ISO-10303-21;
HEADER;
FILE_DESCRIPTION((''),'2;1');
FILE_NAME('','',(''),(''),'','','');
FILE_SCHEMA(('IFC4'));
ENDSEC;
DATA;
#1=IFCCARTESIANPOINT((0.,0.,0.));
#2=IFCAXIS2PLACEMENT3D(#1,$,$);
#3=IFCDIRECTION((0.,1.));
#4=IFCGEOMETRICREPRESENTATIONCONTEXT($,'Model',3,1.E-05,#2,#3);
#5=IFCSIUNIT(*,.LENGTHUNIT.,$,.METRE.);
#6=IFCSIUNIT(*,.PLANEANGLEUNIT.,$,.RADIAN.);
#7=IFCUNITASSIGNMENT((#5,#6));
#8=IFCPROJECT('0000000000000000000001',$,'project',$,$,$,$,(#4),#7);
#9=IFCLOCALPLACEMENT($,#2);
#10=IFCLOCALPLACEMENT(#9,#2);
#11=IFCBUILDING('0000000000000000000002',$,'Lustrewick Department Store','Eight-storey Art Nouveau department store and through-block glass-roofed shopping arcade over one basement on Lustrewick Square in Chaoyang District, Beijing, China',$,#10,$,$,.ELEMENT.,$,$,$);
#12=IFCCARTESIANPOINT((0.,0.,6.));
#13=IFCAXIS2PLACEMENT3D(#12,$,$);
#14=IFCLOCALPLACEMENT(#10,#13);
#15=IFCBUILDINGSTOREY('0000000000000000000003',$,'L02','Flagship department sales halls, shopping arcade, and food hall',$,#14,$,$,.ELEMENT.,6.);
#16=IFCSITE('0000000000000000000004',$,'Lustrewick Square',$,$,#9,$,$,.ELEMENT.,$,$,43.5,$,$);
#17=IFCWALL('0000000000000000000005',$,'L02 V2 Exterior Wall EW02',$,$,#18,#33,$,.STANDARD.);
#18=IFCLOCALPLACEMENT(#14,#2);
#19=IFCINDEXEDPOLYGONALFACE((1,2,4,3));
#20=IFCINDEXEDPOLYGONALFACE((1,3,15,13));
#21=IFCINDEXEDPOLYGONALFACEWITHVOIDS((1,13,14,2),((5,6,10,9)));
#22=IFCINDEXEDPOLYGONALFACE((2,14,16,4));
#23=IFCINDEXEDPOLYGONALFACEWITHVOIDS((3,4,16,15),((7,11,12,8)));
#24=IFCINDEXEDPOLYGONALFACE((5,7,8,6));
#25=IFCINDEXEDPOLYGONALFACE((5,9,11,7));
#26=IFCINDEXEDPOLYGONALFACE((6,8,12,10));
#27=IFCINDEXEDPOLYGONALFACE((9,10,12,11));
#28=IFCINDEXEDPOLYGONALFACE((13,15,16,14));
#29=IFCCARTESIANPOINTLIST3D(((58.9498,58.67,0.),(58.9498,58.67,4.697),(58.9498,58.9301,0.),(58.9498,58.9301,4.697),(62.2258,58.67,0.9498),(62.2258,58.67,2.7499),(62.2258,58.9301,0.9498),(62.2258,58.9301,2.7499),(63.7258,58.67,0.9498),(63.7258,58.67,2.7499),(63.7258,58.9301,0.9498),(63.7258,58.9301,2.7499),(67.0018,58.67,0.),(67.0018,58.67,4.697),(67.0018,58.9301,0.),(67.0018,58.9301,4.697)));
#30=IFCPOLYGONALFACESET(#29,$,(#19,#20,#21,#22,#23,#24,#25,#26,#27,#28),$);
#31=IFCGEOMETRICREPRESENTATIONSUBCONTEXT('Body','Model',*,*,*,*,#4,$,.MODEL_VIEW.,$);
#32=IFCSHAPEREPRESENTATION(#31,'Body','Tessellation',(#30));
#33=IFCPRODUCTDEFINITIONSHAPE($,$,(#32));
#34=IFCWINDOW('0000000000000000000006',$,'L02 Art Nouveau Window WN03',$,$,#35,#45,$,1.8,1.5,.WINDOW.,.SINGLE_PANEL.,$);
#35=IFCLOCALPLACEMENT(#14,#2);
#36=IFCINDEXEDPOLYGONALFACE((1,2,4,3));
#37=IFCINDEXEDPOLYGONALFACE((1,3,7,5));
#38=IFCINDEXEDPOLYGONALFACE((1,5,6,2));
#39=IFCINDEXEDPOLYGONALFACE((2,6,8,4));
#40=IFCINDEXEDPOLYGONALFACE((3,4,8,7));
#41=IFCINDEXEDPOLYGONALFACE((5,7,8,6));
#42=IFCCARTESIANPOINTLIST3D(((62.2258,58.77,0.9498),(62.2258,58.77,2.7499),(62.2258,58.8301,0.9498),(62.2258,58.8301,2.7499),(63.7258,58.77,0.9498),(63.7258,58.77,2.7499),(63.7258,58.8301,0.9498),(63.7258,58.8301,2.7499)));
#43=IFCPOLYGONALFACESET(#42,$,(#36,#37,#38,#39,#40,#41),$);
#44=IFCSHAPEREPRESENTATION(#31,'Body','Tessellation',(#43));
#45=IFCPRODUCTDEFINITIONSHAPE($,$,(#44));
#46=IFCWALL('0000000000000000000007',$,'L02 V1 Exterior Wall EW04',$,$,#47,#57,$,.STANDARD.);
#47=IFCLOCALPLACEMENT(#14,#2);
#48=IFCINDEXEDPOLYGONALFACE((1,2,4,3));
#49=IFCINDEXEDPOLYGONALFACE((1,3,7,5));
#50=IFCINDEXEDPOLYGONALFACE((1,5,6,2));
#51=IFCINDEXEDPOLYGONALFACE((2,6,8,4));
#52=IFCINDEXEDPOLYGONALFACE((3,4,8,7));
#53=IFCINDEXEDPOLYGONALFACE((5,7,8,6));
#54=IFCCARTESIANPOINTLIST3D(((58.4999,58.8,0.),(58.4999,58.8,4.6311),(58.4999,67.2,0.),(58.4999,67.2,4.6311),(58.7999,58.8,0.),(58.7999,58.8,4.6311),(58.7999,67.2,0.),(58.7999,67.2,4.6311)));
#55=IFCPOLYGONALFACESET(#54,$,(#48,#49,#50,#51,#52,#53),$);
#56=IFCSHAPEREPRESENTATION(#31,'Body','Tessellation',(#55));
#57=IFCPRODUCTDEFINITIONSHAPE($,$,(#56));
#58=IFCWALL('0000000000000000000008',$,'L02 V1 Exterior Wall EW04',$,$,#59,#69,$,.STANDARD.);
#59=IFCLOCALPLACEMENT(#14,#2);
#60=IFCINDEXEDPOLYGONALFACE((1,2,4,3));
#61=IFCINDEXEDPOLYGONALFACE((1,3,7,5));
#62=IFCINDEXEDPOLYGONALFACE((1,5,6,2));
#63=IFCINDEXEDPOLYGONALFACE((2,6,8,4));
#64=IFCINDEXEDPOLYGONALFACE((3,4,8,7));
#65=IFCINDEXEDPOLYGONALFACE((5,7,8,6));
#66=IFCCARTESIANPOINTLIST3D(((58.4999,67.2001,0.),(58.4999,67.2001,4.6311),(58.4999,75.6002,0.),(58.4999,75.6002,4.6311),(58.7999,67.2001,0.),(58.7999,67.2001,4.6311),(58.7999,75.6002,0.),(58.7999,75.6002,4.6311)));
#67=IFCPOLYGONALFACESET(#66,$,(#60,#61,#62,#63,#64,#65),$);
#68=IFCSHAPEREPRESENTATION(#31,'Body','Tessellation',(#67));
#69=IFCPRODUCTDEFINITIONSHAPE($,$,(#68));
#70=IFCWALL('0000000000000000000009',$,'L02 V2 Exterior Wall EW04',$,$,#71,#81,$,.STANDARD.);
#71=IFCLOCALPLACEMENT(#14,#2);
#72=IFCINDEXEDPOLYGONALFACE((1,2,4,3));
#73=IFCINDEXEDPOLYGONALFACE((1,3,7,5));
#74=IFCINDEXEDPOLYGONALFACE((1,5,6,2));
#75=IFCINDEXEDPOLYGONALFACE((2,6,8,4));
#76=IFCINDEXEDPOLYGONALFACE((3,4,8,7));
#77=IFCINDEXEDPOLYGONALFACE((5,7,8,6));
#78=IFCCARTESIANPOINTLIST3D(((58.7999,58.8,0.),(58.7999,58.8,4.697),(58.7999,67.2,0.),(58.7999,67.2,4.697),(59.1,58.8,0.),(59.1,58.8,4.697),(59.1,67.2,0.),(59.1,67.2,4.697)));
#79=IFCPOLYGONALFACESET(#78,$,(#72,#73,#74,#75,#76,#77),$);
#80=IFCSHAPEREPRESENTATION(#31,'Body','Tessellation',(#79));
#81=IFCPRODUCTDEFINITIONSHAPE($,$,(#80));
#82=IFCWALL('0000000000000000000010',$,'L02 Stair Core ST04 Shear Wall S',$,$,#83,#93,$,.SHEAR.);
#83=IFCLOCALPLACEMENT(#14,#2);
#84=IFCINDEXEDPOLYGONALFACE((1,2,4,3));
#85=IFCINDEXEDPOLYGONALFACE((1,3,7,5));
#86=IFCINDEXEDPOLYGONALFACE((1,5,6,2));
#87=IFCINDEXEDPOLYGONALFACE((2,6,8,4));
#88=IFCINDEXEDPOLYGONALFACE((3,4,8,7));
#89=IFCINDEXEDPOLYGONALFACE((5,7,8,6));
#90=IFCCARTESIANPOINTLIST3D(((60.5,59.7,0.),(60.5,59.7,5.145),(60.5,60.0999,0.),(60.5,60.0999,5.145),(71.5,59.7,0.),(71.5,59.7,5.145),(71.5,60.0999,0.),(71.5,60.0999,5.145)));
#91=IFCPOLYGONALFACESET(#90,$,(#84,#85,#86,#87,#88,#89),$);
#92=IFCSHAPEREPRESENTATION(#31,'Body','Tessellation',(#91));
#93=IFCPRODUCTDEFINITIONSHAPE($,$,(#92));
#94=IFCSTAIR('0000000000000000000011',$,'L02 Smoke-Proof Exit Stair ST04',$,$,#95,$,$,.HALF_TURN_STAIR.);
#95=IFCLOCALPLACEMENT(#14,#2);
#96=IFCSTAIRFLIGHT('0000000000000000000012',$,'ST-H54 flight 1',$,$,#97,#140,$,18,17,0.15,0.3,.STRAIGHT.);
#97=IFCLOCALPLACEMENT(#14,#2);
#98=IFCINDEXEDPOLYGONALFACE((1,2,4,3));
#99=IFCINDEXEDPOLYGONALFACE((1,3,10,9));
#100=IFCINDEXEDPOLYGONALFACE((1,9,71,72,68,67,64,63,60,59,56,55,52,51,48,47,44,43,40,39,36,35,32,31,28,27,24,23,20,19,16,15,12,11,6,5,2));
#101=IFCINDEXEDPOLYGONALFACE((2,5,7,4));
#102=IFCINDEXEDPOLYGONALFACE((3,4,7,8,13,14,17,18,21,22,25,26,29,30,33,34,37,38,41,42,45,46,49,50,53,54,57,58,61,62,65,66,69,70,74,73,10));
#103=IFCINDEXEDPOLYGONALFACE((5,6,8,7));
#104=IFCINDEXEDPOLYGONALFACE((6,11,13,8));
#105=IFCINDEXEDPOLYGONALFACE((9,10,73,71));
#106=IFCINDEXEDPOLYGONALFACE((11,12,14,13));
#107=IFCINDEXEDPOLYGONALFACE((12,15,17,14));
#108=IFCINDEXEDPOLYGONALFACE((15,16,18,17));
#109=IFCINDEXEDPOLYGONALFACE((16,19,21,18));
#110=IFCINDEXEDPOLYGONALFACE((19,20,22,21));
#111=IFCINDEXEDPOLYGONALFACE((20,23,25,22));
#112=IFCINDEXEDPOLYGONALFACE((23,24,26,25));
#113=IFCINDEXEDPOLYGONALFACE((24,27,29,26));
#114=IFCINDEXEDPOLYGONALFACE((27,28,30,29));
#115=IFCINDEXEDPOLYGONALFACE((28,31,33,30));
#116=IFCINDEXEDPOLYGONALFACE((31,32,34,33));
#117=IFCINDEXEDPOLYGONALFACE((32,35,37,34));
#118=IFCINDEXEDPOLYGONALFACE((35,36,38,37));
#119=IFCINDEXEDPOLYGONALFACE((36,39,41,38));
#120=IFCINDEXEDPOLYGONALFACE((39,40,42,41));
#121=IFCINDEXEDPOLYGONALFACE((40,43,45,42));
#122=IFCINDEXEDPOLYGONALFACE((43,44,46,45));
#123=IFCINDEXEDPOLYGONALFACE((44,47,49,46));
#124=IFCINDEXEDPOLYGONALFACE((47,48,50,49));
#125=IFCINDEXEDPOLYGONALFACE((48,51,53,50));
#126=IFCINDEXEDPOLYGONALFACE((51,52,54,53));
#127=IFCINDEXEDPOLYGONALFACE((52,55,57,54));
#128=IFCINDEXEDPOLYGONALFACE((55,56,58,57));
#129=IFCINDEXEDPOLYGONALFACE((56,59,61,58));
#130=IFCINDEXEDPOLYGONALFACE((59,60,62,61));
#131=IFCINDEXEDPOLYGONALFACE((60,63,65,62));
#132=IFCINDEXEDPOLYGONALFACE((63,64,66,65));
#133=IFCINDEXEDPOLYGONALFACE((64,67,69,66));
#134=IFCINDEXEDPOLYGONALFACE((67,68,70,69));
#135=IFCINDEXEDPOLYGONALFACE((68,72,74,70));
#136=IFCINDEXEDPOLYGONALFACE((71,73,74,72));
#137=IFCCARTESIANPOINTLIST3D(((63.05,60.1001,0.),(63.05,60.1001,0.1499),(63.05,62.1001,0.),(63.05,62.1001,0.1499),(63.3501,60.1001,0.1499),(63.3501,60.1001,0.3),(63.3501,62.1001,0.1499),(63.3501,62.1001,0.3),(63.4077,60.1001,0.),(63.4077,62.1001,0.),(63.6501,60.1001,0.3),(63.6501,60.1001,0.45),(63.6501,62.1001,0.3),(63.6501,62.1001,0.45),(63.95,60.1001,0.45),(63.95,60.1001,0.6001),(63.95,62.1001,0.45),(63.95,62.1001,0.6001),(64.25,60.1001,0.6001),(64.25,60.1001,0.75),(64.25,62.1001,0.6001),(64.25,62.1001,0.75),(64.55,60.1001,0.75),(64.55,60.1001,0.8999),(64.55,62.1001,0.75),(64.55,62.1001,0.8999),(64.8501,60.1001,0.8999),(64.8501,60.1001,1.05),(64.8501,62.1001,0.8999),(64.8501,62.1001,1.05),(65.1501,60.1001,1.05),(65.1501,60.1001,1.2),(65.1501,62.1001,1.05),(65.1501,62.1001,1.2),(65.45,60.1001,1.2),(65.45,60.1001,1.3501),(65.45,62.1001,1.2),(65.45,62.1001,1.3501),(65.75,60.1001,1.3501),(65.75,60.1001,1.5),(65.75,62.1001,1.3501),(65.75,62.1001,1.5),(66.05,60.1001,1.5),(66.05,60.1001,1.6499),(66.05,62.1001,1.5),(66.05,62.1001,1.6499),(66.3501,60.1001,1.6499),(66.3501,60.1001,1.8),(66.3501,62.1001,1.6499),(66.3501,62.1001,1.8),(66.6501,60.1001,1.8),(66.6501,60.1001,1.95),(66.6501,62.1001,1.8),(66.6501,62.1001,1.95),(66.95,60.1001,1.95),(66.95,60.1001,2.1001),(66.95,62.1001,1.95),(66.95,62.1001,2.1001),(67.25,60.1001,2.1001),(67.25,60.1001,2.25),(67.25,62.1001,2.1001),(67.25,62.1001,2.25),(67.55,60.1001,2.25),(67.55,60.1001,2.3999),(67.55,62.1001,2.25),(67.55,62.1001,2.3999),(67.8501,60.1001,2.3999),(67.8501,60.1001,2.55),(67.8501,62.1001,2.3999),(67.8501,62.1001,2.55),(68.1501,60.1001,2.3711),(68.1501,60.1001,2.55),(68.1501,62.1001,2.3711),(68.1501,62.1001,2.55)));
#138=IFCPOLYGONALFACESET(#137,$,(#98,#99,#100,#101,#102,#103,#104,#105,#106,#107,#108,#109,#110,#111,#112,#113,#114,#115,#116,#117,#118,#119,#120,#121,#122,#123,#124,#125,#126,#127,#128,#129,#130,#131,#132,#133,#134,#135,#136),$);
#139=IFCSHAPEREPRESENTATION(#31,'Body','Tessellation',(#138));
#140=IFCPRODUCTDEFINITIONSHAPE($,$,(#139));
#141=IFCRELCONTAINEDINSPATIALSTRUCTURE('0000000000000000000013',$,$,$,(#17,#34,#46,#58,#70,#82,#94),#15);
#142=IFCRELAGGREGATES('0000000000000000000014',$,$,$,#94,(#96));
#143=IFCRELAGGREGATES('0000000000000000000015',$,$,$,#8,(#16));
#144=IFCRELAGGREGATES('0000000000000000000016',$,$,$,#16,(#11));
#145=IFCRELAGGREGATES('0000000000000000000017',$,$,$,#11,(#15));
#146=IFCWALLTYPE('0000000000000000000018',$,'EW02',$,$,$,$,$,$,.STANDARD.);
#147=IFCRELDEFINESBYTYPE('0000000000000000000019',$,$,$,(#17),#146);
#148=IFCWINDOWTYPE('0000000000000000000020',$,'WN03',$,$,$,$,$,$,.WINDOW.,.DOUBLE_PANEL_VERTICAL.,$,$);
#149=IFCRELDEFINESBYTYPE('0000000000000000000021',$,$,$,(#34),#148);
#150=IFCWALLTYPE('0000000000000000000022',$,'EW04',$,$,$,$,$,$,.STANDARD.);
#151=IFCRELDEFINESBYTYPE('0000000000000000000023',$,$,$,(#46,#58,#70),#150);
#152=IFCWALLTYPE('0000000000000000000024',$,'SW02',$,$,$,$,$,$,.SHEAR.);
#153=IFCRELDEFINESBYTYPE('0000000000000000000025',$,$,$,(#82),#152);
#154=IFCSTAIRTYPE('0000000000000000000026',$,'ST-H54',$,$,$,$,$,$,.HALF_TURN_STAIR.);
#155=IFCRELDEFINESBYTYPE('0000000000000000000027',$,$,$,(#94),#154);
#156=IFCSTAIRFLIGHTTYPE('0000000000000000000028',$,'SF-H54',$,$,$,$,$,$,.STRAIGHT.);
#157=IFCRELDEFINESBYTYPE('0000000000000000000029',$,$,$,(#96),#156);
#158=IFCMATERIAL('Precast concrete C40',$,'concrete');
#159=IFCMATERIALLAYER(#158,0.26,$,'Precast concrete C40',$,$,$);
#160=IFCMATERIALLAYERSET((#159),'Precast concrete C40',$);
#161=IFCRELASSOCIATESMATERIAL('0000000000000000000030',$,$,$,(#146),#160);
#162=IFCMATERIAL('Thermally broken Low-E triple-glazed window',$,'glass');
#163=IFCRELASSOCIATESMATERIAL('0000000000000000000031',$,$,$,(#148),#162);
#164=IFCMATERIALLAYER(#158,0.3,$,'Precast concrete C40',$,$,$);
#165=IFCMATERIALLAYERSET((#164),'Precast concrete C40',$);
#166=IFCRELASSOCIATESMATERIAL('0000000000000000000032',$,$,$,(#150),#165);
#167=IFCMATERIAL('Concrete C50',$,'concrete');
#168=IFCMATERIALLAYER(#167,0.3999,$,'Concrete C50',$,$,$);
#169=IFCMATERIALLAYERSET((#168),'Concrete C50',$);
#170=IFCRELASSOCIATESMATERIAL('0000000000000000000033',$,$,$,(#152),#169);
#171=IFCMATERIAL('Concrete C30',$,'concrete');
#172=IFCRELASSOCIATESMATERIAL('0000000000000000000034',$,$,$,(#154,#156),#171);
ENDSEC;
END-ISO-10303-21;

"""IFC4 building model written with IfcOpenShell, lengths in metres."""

from ifc_helpers import new_model, si_unit, direction, frame, frame_2d, origin, place, context, subcontext, project, spatial, polyline, rectangle, outline, extrude, material, layer, layer_set, type_object, element, fill, aggregate, save


model = new_model("IFC4")

# Units and contexts
model_context = context("Model", 3, precision=1e-05, world=origin(), true_north=direction((0.0, 1.0)))
body_context = subcontext(model_context, "Body", "Model", "MODEL_VIEW")
ifc_project = project(units=[si_unit("LENGTHUNIT", "METRE"), si_unit("PLANEANGLEUNIT", "RADIAN")], contexts=[model_context])

# Site, building, storey
site_placement = place(None, origin())
site = spatial("IfcSite", under=ifc_project, at=site_placement, Name="Lustrewick Square", CompositionType="ELEMENT", RefElevation=43.5)
building_placement = place(site_placement, origin())
building = spatial("IfcBuilding", under=site, at=building_placement, Name="Lustrewick Department Store", Description="Eight-storey Art Nouveau department store and through-block glass-roofed shopping arcade over one basement on Lustrewick Square in Chaoyang District, Beijing, China", CompositionType="ELEMENT")
storey_placement = place(building_placement, frame((0.0, 0.0, 6.0)))
storey = spatial("IfcBuildingStorey", under=building, at=storey_placement, Name="L02", Description="Flagship department sales halls, shopping arcade, and food hall", CompositionType="ELEMENT", Elevation=6.0)

# Wall, opening, window
ifc_material_1 = material(Name="Precast concrete C40", Category="concrete")
ifc_layer_1 = layer(ifc_material_1, 0.26, Name="Precast concrete C40")
ifc_layer_set_1 = layer_set([ifc_layer_1], Name="Precast concrete C40")
wall_type_1 = type_object("IfcWallType", Name="EW02", PredefinedType="STANDARD", material=ifc_layer_set_1)
wall_1_placement = place(storey_placement, frame((58.95, 58.8, 0.0), z_axis=(0.0, 0.0, 1.0), x_axis=(1.0, 0.0, 0.0)))
wall_1 = element("IfcWall", 1, at=wall_1_placement, inside=storey, type_object=wall_type_1, Name="L02 V2 Exterior Wall EW02", PredefinedType="STANDARD", context=body_context, shape_type="SweptSolid", body=[
    extrude(rectangle(XDim=8.052, YDim=0.26, at=frame_2d((4.0259, 0.0))), origin(), (0.0, 0.0, 1.0), 4.697),
])
opening_1_placement = place(wall_1_placement, frame((3.2759, 0.0, 0.95)))
opening_1 = element("IfcOpeningElement", 2, at=opening_1_placement, cuts=wall_1, PredefinedType="OPENING", context=body_context, shape_type="SweptSolid", body=[
    extrude(rectangle(XDim=1.5, YDim=1.8, at=frame_2d((0.75, 0.8999))), frame((0.0, 0.1401, 0.0), z_axis=(0.0, -1.0, 0.0), x_axis=(1.0, 0.0, 0.0)), (0.0, 0.0, 1.0), 0.28),
])
ifc_material_2 = material(Name="Thermally broken Low-E triple-glazed window", Category="glass")
window_type = type_object("IfcWindowType", Name="WN03", PartitioningType="DOUBLE_PANEL_VERTICAL", PredefinedType="WINDOW", material=ifc_material_2)
window_placement = place(opening_1_placement, origin())
window = element("IfcWindow", 3, at=window_placement, inside=storey, type_object=window_type, Name="L02 Art Nouveau Window WN03", OverallHeight=1.8, OverallWidth=1.5, PartitioningType="SINGLE_PANEL", PredefinedType="WINDOW", context=body_context, shape_type="SweptSolid", body=[
    extrude(rectangle(XDim=1.5, YDim=1.8, at=frame_2d((0.75, 0.8999))), frame((0.0, 0.03, 0.0), z_axis=(0.0, -1.0, 0.0), x_axis=(1.0, 0.0, 0.0)), (0.0, 0.0, 1.0), 0.0601),
])
fill(opening_1, window)

# Walls
ifc_layer_2 = layer(ifc_material_1, 0.3, Name="Precast concrete C40")
ifc_layer_set_2 = layer_set([ifc_layer_2], Name="Precast concrete C40")
wall_type_2 = type_object("IfcWallType", Name="EW04", PredefinedType="STANDARD", material=ifc_layer_set_2)
wall_2_placement = place(storey_placement, frame((58.6499, 58.8, 0.0), z_axis=(0.0, 0.0, 1.0), x_axis=(0.0, 1.0, 0.0)))
element("IfcWall", 4, at=wall_2_placement, inside=storey, type_object=wall_type_2, Name="L02 V1 Exterior Wall EW04", PredefinedType="STANDARD", context=body_context, shape_type="SweptSolid", body=[
    extrude(rectangle(XDim=8.3999, YDim=0.3, at=frame_2d((4.2, 0.0))), origin(), (0.0, 0.0, 1.0), 4.6311),
])
wall_3_placement = place(storey_placement, frame((58.6499, 67.2, 0.0), z_axis=(0.0, 0.0, 1.0), x_axis=(0.0, 1.0, 0.0)))
element("IfcWall", 5, at=wall_3_placement, inside=storey, type_object=wall_type_2, Name="L02 V1 Exterior Wall EW04", PredefinedType="STANDARD", context=body_context, shape_type="SweptSolid", body=[
    extrude(rectangle(XDim=8.4001, YDim=0.3, at=frame_2d((4.2002, 0.0))), origin(), (0.0, 0.0, 1.0), 4.6311),
])
wall_4_placement = place(storey_placement, frame((58.95, 67.2, 0.0), z_axis=(0.0, 0.0, 1.0), x_axis=(0.0, -1.0, 0.0)))
element("IfcWall", 6, at=wall_4_placement, inside=storey, type_object=wall_type_2, Name="L02 V2 Exterior Wall EW04", PredefinedType="STANDARD", context=body_context, shape_type="SweptSolid", body=[
    extrude(rectangle(XDim=8.3999, YDim=0.3, at=frame_2d((4.2, 0.0))), origin(), (0.0, 0.0, 1.0), 4.697),
])
ifc_material_3 = material(Name="Concrete C50", Category="concrete")
ifc_layer_3 = layer(ifc_material_3, 0.3999, Name="Concrete C50")
ifc_layer_set_3 = layer_set([ifc_layer_3], Name="Concrete C50")
wall_type_3 = type_object("IfcWallType", Name="SW02", PredefinedType="SHEAR", material=ifc_layer_set_3)
wall_5_placement = place(storey_placement, frame((60.5, 59.8999, 0.0), z_axis=(0.0, 0.0, 1.0), x_axis=(1.0, 0.0, 0.0)))
element("IfcWall", 7, at=wall_5_placement, inside=storey, type_object=wall_type_3, Name="L02 Stair Core ST04 Shear Wall S", PredefinedType="SHEAR", context=body_context, shape_type="SweptSolid", body=[
    extrude(rectangle(XDim=11.0, YDim=0.3999, at=frame_2d((5.5, 0.0))), origin(), (0.0, 0.0, 1.0), 5.145),
])

# Stair, stair flight
ifc_material_4 = material(Name="Concrete C30", Category="concrete")
stair_type = type_object("IfcStairType", Name="ST-H54", PredefinedType="HALF_TURN_STAIR", material=ifc_material_4)
stair_placement = place(storey_placement, origin())
stair = element("IfcStair", 8, at=stair_placement, inside=storey, type_object=stair_type, Name="L02 Smoke-Proof Exit Stair ST04", PredefinedType="HALF_TURN_STAIR")
stair_flight_type = type_object("IfcStairFlightType", Name="SF-H54", PredefinedType="STRAIGHT", material=ifc_material_4)
stair_flight_placement = place(storey_placement, frame((63.05, 61.1001, 0.0), z_axis=(0.0, 0.0, 1.0), x_axis=(1.0, 0.0, 0.0)))
stair_flight = element("IfcStairFlight", 9, at=stair_flight_placement, type_object=stair_flight_type, Name="ST-H54 flight 1", NumberOfRisers=18, NumberOfTreads=17, PredefinedType="STRAIGHT", RiserHeight=0.15, TreadLength=0.3, context=body_context, shape_type="SweptSolid", body=[
    extrude(outline(polyline([(0.0, 0.0), (0.0, 0.1499), (0.3, 0.1499), (0.3, 0.3), (0.6001, 0.3), (0.6001, 0.45), (0.8999, 0.45), (0.8999, 0.6001), (1.2, 0.6001), (1.2, 0.75), (1.5, 0.75), (1.5, 0.8999), (1.8, 0.8999), (1.8, 1.05), (2.1001, 1.05), (2.1001, 1.2), (2.3999, 1.2), (2.3999, 1.3501), (2.7, 1.3501), (2.7, 1.5), (3.0, 1.5), (3.0, 1.6499), (3.3, 1.6499), (3.3, 1.8), (3.6001, 1.8), (3.6001, 1.95), (3.8999, 1.95), (3.8999, 2.1001), (4.2, 2.1001), (4.2, 2.25), (4.5, 2.25), (4.5, 2.3999), (4.8, 2.3999), (4.8, 2.55), (5.1001, 2.55), (5.1001, 2.7), (5.1001, 2.3711), (0.3577, 0.0), (0.0, 0.0)])), frame((0.0, 1.0, 0.0), z_axis=(0.0, -1.0, 0.0), x_axis=(1.0, 0.0, 0.0)), (0.0, 0.0, 1.0), 2.0),
])
aggregate(stair, [stair_flight])

save(model, "model.ifc")
